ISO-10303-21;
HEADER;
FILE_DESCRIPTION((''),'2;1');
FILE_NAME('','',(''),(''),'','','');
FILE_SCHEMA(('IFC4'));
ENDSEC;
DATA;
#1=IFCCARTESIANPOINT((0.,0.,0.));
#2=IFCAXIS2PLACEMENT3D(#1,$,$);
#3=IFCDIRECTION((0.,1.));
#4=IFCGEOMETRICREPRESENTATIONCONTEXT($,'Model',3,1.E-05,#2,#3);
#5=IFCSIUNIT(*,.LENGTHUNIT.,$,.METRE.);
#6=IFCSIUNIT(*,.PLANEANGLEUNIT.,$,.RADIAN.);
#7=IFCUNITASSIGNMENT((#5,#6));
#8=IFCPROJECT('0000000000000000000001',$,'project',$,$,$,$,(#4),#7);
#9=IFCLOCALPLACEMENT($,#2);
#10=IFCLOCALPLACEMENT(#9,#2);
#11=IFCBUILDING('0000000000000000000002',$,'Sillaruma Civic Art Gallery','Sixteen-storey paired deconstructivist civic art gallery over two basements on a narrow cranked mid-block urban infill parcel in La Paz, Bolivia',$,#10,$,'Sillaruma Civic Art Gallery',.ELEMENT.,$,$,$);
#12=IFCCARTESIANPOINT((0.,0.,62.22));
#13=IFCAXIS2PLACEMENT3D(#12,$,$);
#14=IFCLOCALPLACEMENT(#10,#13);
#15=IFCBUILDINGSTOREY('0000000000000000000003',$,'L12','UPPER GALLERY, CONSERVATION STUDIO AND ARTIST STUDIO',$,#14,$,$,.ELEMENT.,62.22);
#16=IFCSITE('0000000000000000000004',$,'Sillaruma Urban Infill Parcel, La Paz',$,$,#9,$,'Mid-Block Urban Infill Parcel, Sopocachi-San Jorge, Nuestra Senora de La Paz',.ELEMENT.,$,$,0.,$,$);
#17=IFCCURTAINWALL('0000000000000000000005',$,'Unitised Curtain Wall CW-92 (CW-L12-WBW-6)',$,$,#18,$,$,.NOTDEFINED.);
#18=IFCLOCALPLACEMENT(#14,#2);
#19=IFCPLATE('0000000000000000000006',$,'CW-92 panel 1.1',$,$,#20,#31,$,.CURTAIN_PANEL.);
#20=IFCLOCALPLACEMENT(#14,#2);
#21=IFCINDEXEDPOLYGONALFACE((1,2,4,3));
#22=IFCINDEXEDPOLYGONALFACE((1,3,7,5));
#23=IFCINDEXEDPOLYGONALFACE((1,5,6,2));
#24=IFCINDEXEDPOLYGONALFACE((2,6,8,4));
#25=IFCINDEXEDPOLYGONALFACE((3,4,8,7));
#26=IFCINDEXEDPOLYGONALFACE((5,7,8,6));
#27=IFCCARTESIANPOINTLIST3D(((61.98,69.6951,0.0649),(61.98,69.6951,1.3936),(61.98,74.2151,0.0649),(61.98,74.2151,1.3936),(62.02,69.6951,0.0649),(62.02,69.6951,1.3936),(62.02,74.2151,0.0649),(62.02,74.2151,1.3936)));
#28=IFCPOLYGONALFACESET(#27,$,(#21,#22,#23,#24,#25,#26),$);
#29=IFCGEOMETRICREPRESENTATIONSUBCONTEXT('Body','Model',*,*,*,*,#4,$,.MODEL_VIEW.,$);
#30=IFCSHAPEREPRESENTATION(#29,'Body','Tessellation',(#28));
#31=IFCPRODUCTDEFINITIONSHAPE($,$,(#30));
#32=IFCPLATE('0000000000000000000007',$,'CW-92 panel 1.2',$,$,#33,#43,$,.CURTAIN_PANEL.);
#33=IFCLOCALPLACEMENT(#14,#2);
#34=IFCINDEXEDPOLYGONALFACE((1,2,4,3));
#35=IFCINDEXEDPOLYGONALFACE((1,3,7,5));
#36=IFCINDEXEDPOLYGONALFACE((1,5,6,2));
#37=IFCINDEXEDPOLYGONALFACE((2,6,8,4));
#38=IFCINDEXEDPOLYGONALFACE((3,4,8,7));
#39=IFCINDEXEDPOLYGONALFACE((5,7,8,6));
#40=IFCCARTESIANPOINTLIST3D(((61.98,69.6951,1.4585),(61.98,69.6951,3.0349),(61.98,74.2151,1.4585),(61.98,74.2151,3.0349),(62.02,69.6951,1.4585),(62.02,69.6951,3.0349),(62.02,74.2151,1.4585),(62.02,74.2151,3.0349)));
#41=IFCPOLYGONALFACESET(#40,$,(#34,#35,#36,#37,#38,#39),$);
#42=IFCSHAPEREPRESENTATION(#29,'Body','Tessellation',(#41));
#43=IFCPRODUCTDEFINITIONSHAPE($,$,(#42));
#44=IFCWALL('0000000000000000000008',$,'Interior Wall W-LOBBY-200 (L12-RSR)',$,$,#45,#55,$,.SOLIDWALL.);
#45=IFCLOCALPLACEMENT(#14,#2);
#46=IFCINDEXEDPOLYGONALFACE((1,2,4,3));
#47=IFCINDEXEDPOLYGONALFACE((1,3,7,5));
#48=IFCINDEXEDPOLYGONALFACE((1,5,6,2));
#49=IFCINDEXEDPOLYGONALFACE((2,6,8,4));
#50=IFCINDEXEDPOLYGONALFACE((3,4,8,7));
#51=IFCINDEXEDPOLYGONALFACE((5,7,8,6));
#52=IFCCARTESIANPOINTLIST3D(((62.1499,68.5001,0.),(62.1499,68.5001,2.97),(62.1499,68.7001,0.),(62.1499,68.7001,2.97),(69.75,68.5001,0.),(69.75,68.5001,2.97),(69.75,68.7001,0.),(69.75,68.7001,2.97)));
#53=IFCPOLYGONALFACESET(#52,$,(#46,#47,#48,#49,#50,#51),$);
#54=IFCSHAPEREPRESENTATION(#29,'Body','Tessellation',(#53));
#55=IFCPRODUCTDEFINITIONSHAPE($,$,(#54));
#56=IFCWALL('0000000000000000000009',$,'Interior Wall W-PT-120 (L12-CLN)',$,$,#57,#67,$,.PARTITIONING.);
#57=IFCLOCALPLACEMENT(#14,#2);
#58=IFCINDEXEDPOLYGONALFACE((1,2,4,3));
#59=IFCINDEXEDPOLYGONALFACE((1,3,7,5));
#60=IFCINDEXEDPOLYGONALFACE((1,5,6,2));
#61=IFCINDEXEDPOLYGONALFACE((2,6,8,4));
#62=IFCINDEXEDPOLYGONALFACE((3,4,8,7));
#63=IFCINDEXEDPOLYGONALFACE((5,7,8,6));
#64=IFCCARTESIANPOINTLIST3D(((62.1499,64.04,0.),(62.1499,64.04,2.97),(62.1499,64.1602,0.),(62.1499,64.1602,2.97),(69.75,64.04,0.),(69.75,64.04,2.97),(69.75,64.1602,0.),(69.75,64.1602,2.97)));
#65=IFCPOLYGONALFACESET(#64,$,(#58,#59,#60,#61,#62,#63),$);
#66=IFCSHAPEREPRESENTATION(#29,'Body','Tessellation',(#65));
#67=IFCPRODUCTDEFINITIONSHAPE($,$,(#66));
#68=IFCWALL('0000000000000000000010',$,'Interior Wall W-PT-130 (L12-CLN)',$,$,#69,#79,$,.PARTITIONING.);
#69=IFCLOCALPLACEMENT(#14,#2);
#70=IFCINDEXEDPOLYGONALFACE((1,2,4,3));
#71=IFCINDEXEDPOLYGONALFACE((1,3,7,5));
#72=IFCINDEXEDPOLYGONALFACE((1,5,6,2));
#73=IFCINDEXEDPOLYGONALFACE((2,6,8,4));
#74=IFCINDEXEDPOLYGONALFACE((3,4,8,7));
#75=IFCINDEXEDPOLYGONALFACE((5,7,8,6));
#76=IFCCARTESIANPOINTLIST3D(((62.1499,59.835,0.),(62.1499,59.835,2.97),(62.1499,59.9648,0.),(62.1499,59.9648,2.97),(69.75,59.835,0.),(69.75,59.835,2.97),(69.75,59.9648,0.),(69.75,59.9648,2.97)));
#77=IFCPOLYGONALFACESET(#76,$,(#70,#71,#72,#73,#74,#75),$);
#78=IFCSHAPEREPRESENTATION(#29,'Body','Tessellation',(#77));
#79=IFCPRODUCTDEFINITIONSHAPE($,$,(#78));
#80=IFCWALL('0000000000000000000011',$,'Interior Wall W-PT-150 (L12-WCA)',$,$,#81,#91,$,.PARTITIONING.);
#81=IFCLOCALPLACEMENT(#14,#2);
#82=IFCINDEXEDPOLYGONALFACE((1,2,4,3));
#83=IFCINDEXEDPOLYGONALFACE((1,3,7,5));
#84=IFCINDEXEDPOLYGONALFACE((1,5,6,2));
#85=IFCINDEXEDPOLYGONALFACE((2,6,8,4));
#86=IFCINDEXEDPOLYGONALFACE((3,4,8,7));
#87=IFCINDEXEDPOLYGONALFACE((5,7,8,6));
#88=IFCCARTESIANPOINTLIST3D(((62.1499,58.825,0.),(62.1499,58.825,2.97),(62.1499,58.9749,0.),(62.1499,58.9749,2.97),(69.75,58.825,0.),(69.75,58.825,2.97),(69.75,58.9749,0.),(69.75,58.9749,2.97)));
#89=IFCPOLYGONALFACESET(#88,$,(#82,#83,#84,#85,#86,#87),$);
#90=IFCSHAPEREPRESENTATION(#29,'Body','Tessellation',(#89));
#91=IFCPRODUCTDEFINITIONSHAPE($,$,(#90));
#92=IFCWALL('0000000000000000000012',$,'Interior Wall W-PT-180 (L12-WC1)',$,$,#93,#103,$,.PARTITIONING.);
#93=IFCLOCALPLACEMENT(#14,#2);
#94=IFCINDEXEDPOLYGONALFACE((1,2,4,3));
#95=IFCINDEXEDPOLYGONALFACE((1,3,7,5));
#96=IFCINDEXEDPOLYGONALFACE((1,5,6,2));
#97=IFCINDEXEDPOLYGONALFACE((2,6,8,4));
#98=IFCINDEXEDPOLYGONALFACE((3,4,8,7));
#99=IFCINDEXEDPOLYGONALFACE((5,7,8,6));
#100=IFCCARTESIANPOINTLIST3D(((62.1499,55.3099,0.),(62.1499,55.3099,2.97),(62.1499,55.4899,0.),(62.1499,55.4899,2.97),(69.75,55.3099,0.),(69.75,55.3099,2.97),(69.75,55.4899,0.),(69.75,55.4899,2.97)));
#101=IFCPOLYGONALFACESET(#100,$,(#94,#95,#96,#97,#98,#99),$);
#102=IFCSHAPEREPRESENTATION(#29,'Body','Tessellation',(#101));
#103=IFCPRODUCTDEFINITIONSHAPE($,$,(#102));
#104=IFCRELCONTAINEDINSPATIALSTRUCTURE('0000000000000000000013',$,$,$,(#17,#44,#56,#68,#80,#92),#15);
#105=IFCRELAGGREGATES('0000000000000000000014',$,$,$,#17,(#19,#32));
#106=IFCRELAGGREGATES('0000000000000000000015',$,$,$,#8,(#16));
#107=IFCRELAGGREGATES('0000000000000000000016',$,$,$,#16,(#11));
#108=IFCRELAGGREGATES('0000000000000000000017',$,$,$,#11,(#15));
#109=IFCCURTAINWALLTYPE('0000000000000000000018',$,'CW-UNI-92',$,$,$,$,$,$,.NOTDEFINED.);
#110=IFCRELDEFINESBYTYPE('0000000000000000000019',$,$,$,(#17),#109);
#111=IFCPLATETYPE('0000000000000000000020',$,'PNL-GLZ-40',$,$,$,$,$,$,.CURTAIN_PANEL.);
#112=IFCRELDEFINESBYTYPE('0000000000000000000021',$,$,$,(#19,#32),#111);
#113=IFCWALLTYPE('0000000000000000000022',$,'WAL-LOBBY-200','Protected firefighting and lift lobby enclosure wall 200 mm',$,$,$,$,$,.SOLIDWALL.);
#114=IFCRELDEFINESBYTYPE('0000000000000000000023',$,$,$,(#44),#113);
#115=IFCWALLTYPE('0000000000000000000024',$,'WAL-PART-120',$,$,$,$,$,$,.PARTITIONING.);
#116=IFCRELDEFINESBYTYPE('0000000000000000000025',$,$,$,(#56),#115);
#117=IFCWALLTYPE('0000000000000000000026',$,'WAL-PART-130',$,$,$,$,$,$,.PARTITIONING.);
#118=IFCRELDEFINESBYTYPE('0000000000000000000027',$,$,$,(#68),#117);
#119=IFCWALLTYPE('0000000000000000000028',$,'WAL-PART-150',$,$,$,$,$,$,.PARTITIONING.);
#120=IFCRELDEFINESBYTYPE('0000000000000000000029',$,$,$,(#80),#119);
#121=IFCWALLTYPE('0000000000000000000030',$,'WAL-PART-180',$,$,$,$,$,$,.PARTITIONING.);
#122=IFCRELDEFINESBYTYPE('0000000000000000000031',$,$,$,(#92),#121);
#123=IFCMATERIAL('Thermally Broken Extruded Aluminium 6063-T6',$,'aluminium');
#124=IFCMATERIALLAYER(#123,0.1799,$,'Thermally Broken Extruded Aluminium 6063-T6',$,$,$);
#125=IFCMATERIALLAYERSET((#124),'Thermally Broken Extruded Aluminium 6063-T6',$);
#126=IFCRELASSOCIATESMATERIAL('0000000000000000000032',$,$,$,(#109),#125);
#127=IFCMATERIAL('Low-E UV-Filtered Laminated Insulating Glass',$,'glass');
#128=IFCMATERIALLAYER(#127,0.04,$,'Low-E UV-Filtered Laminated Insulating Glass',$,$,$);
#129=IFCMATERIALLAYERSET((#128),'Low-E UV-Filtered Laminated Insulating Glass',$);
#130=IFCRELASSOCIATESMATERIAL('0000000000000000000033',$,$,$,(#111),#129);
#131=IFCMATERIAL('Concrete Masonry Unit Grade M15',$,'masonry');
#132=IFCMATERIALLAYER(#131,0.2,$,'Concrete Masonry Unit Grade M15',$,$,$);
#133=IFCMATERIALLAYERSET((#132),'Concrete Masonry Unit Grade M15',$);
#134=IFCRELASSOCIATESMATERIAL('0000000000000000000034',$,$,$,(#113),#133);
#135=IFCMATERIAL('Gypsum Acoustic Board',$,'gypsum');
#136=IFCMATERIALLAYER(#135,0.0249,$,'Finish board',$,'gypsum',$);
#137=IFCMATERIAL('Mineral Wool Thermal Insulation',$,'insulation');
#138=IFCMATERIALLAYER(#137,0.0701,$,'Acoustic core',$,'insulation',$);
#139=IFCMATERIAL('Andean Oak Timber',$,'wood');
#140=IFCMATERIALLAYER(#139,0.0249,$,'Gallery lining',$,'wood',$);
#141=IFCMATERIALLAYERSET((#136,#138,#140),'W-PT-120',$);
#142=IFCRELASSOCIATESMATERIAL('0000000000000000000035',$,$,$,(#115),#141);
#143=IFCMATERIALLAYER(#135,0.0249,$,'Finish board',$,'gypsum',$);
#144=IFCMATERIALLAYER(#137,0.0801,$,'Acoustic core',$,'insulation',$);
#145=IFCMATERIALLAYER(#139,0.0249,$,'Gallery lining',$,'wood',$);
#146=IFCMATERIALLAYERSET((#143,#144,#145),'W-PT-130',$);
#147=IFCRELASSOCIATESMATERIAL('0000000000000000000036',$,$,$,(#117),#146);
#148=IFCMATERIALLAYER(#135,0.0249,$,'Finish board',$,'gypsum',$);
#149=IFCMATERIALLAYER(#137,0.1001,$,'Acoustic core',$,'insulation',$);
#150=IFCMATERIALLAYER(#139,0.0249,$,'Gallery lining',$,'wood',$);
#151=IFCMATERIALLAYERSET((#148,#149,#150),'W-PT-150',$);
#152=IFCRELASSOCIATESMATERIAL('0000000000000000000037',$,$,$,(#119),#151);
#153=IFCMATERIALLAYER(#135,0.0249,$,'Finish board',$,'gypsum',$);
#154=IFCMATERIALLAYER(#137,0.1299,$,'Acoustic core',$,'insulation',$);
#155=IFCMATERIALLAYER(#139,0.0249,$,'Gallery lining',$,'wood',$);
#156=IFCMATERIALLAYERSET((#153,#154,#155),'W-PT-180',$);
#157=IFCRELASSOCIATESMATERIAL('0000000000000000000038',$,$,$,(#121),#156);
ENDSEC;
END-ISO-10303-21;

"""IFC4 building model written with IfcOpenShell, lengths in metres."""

from ifc_helpers import new_model, si_unit, direction, frame, frame_2d, origin, origin_2d, place, context, subcontext, project, spatial, rectangle, extrude, material, layer, layer_set, type_object, element, aggregate, save


model = new_model("IFC4")

# Units and contexts
model_context = context("Model", 3, precision=1e-05, world=origin(), true_north=direction((0.0, 1.0)))
body_context = subcontext(model_context, "Body", "Model", "MODEL_VIEW")
ifc_project = project(units=[si_unit("LENGTHUNIT", "METRE"), si_unit("PLANEANGLEUNIT", "RADIAN")], contexts=[model_context])

# Site, building, storey
site_placement = place(None, origin())
site = spatial("IfcSite", under=ifc_project, at=site_placement, Name="Sillaruma Urban Infill Parcel, La Paz", LongName="Mid-Block Urban Infill Parcel, Sopocachi-San Jorge, Nuestra Senora de La Paz", CompositionType="ELEMENT", RefElevation=0.0)
building_placement = place(site_placement, origin())
building = spatial("IfcBuilding", under=site, at=building_placement, Name="Sillaruma Civic Art Gallery", Description="Sixteen-storey paired deconstructivist civic art gallery over two basements on a narrow cranked mid-block urban infill parcel in La Paz, Bolivia", LongName="Sillaruma Civic Art Gallery", CompositionType="ELEMENT")
storey_placement = place(building_placement, frame((0.0, 0.0, 62.22)))
storey = spatial("IfcBuildingStorey", under=building, at=storey_placement, Name="L12", Description="UPPER GALLERY, CONSERVATION STUDIO AND ARTIST STUDIO", CompositionType="ELEMENT", Elevation=62.22)

# Shared definitions
ifc_material_1 = material(Name="Thermally Broken Extruded Aluminium 6063-T6", Category="aluminium")

# Curtain wall
ifc_layer_1 = layer(ifc_material_1, 0.1799, Name="Thermally Broken Extruded Aluminium 6063-T6")
ifc_layer_set_1 = layer_set([ifc_layer_1], Name="Thermally Broken Extruded Aluminium 6063-T6")
curtain_wall_type_1 = type_object("IfcCurtainWallType", Name="CW-UNI-92", PredefinedType="NOTDEFINED", material=ifc_layer_set_1)
curtain_wall_1_placement = place(storey_placement, origin())
curtain_wall_1 = element("IfcCurtainWall", 1, at=curtain_wall_1_placement, inside=storey, type_object=curtain_wall_type_1, Name="Unitised Curtain Wall CW-92 (CW-L12-WBW-6)", PredefinedType="NOTDEFINED")

# Plates
ifc_material_2 = material(Name="Low-E UV-Filtered Laminated Insulating Glass", Category="glass")
ifc_layer_2 = layer(ifc_material_2, 0.04, Name="Low-E UV-Filtered Laminated Insulating Glass")
ifc_layer_set_2 = layer_set([ifc_layer_2], Name="Low-E UV-Filtered Laminated Insulating Glass")
plate_type_1 = type_object("IfcPlateType", Name="PNL-GLZ-40", PredefinedType="CURTAIN_PANEL", material=ifc_layer_set_2)
plate_1_placement = place(storey_placement, frame((62.0, 71.9551, 0.0649), z_axis=(0.0, 0.0, 1.0), x_axis=(0.0, 1.0, 0.0)))
plate_1 = element("IfcPlate", 2, at=plate_1_placement, type_object=plate_type_1, Name="CW-92 panel 1.1", PredefinedType="CURTAIN_PANEL", context=body_context, shape_type="SweptSolid", body=[
    extrude(rectangle(XDim=4.52, YDim=0.04, at=origin_2d()), origin(), (0.0, 0.0, 1.0), 1.3286),
])
plate_2_placement = place(storey_placement, frame((62.0, 71.9551, 1.4585), z_axis=(0.0, 0.0, 1.0), x_axis=(0.0, 1.0, 0.0)))
plate_2 = element("IfcPlate", 3, at=plate_2_placement, type_object=plate_type_1, Name="CW-92 panel 1.2", PredefinedType="CURTAIN_PANEL", context=body_context, shape_type="SweptSolid", body=[
    extrude(rectangle(XDim=4.52, YDim=0.04, at=origin_2d()), origin(), (0.0, 0.0, 1.0), 1.5764),
])
aggregate(curtain_wall_1, [plate_1, plate_2])

# Walls
ifc_material_3 = material(Name="Concrete Masonry Unit Grade M15", Category="masonry")
ifc_layer_3 = layer(ifc_material_3, 0.2, Name="Concrete Masonry Unit Grade M15")
ifc_layer_set_3 = layer_set([ifc_layer_3], Name="Concrete Masonry Unit Grade M15")
wall_type_1 = type_object("IfcWallType", Name="WAL-LOBBY-200", Description="Protected firefighting and lift lobby enclosure wall 200 mm", PredefinedType="SOLIDWALL", material=ifc_layer_set_3)
wall_1_placement = place(storey_placement, frame((62.1499, 68.6001, 0.0), z_axis=(0.0, 0.0, 1.0), x_axis=(1.0, 0.0, 0.0)))
element("IfcWall", 4, at=wall_1_placement, inside=storey, type_object=wall_type_1, Name="Interior Wall W-LOBBY-200 (L12-RSR)", PredefinedType="SOLIDWALL", context=body_context, shape_type="SweptSolid", body=[
    extrude(rectangle(XDim=7.6001, YDim=0.2, at=frame_2d((3.8, 0.0))), origin(), (0.0, 0.0, 1.0), 2.97),
])
ifc_material_4 = material(Name="Gypsum Acoustic Board", Category="gypsum")
ifc_layer_4 = layer(ifc_material_4, 0.0249, Name="Finish board", Category="gypsum")
ifc_material_5 = material(Name="Mineral Wool Thermal Insulation", Category="insulation")
ifc_layer_5 = layer(ifc_material_5, 0.0701, Name="Acoustic core", Category="insulation")
ifc_material_6 = material(Name="Andean Oak Timber", Category="wood")
ifc_layer_6 = layer(ifc_material_6, 0.0249, Name="Gallery lining", Category="wood")
ifc_layer_set_4 = layer_set([ifc_layer_4, ifc_layer_5, ifc_layer_6], Name="W-PT-120")
wall_type_2 = type_object("IfcWallType", Name="WAL-PART-120", PredefinedType="PARTITIONING", material=ifc_layer_set_4)
wall_2_placement = place(storey_placement, frame((62.1499, 64.1001, 0.0), z_axis=(0.0, 0.0, 1.0), x_axis=(1.0, 0.0, 0.0)))
element("IfcWall", 5, at=wall_2_placement, inside=storey, type_object=wall_type_2, Name="Interior Wall W-PT-120 (L12-CLN)", PredefinedType="PARTITIONING", context=body_context, shape_type="SweptSolid", body=[
    extrude(rectangle(XDim=7.6001, YDim=0.1201, at=frame_2d((3.8, 0.0))), origin(), (0.0, 0.0, 1.0), 2.97),
])
ifc_layer_7 = layer(ifc_material_4, 0.0249, Name="Finish board", Category="gypsum")
ifc_layer_8 = layer(ifc_material_5, 0.0801, Name="Acoustic core", Category="insulation")
ifc_layer_9 = layer(ifc_material_6, 0.0249, Name="Gallery lining", Category="wood")
ifc_layer_set_5 = layer_set([ifc_layer_7, ifc_layer_8, ifc_layer_9], Name="W-PT-130")
wall_type_3 = type_object("IfcWallType", Name="WAL-PART-130", PredefinedType="PARTITIONING", material=ifc_layer_set_5)
wall_3_placement = place(storey_placement, frame((62.1499, 59.8999, 0.0), z_axis=(0.0, 0.0, 1.0), x_axis=(1.0, 0.0, 0.0)))
element("IfcWall", 6, at=wall_3_placement, inside=storey, type_object=wall_type_3, Name="Interior Wall W-PT-130 (L12-CLN)", PredefinedType="PARTITIONING", context=body_context, shape_type="SweptSolid", body=[
    extrude(rectangle(XDim=7.6001, YDim=0.1299, at=frame_2d((3.8, 0.0))), origin(), (0.0, 0.0, 1.0), 2.97),
])
ifc_layer_10 = layer(ifc_material_4, 0.0249, Name="Finish board", Category="gypsum")
ifc_layer_11 = layer(ifc_material_5, 0.1001, Name="Acoustic core", Category="insulation")
ifc_layer_12 = layer(ifc_material_6, 0.0249, Name="Gallery lining", Category="wood")
ifc_layer_set_6 = layer_set([ifc_layer_10, ifc_layer_11, ifc_layer_12], Name="W-PT-150")
wall_type_4 = type_object("IfcWallType", Name="WAL-PART-150", PredefinedType="PARTITIONING", material=ifc_layer_set_6)
wall_4_placement = place(storey_placement, frame((62.1499, 58.8999, 0.0), z_axis=(0.0, 0.0, 1.0), x_axis=(1.0, 0.0, 0.0)))
element("IfcWall", 7, at=wall_4_placement, inside=storey, type_object=wall_type_4, Name="Interior Wall W-PT-150 (L12-WCA)", PredefinedType="PARTITIONING", context=body_context, shape_type="SweptSolid", body=[
    extrude(rectangle(XDim=7.6001, YDim=0.1499, at=frame_2d((3.8, 0.0))), origin(), (0.0, 0.0, 1.0), 2.97),
])
ifc_layer_13 = layer(ifc_material_4, 0.0249, Name="Finish board", Category="gypsum")
ifc_layer_14 = layer(ifc_material_5, 0.1299, Name="Acoustic core", Category="insulation")
ifc_layer_15 = layer(ifc_material_6, 0.0249, Name="Gallery lining", Category="wood")
ifc_layer_set_7 = layer_set([ifc_layer_13, ifc_layer_14, ifc_layer_15], Name="W-PT-180")
wall_type_5 = type_object("IfcWallType", Name="WAL-PART-180", PredefinedType="PARTITIONING", material=ifc_layer_set_7)
wall_5_placement = place(storey_placement, frame((62.1499, 55.3999, 0.0), z_axis=(0.0, 0.0, 1.0), x_axis=(1.0, 0.0, 0.0)))
element("IfcWall", 8, at=wall_5_placement, inside=storey, type_object=wall_type_5, Name="Interior Wall W-PT-180 (L12-WC1)", PredefinedType="PARTITIONING", context=body_context, shape_type="SweptSolid", body=[
    extrude(rectangle(XDim=7.6001, YDim=0.1799, at=frame_2d((3.8, 0.0))), origin(), (0.0, 0.0, 1.0), 2.97),
])

save(model, "model.ifc")
